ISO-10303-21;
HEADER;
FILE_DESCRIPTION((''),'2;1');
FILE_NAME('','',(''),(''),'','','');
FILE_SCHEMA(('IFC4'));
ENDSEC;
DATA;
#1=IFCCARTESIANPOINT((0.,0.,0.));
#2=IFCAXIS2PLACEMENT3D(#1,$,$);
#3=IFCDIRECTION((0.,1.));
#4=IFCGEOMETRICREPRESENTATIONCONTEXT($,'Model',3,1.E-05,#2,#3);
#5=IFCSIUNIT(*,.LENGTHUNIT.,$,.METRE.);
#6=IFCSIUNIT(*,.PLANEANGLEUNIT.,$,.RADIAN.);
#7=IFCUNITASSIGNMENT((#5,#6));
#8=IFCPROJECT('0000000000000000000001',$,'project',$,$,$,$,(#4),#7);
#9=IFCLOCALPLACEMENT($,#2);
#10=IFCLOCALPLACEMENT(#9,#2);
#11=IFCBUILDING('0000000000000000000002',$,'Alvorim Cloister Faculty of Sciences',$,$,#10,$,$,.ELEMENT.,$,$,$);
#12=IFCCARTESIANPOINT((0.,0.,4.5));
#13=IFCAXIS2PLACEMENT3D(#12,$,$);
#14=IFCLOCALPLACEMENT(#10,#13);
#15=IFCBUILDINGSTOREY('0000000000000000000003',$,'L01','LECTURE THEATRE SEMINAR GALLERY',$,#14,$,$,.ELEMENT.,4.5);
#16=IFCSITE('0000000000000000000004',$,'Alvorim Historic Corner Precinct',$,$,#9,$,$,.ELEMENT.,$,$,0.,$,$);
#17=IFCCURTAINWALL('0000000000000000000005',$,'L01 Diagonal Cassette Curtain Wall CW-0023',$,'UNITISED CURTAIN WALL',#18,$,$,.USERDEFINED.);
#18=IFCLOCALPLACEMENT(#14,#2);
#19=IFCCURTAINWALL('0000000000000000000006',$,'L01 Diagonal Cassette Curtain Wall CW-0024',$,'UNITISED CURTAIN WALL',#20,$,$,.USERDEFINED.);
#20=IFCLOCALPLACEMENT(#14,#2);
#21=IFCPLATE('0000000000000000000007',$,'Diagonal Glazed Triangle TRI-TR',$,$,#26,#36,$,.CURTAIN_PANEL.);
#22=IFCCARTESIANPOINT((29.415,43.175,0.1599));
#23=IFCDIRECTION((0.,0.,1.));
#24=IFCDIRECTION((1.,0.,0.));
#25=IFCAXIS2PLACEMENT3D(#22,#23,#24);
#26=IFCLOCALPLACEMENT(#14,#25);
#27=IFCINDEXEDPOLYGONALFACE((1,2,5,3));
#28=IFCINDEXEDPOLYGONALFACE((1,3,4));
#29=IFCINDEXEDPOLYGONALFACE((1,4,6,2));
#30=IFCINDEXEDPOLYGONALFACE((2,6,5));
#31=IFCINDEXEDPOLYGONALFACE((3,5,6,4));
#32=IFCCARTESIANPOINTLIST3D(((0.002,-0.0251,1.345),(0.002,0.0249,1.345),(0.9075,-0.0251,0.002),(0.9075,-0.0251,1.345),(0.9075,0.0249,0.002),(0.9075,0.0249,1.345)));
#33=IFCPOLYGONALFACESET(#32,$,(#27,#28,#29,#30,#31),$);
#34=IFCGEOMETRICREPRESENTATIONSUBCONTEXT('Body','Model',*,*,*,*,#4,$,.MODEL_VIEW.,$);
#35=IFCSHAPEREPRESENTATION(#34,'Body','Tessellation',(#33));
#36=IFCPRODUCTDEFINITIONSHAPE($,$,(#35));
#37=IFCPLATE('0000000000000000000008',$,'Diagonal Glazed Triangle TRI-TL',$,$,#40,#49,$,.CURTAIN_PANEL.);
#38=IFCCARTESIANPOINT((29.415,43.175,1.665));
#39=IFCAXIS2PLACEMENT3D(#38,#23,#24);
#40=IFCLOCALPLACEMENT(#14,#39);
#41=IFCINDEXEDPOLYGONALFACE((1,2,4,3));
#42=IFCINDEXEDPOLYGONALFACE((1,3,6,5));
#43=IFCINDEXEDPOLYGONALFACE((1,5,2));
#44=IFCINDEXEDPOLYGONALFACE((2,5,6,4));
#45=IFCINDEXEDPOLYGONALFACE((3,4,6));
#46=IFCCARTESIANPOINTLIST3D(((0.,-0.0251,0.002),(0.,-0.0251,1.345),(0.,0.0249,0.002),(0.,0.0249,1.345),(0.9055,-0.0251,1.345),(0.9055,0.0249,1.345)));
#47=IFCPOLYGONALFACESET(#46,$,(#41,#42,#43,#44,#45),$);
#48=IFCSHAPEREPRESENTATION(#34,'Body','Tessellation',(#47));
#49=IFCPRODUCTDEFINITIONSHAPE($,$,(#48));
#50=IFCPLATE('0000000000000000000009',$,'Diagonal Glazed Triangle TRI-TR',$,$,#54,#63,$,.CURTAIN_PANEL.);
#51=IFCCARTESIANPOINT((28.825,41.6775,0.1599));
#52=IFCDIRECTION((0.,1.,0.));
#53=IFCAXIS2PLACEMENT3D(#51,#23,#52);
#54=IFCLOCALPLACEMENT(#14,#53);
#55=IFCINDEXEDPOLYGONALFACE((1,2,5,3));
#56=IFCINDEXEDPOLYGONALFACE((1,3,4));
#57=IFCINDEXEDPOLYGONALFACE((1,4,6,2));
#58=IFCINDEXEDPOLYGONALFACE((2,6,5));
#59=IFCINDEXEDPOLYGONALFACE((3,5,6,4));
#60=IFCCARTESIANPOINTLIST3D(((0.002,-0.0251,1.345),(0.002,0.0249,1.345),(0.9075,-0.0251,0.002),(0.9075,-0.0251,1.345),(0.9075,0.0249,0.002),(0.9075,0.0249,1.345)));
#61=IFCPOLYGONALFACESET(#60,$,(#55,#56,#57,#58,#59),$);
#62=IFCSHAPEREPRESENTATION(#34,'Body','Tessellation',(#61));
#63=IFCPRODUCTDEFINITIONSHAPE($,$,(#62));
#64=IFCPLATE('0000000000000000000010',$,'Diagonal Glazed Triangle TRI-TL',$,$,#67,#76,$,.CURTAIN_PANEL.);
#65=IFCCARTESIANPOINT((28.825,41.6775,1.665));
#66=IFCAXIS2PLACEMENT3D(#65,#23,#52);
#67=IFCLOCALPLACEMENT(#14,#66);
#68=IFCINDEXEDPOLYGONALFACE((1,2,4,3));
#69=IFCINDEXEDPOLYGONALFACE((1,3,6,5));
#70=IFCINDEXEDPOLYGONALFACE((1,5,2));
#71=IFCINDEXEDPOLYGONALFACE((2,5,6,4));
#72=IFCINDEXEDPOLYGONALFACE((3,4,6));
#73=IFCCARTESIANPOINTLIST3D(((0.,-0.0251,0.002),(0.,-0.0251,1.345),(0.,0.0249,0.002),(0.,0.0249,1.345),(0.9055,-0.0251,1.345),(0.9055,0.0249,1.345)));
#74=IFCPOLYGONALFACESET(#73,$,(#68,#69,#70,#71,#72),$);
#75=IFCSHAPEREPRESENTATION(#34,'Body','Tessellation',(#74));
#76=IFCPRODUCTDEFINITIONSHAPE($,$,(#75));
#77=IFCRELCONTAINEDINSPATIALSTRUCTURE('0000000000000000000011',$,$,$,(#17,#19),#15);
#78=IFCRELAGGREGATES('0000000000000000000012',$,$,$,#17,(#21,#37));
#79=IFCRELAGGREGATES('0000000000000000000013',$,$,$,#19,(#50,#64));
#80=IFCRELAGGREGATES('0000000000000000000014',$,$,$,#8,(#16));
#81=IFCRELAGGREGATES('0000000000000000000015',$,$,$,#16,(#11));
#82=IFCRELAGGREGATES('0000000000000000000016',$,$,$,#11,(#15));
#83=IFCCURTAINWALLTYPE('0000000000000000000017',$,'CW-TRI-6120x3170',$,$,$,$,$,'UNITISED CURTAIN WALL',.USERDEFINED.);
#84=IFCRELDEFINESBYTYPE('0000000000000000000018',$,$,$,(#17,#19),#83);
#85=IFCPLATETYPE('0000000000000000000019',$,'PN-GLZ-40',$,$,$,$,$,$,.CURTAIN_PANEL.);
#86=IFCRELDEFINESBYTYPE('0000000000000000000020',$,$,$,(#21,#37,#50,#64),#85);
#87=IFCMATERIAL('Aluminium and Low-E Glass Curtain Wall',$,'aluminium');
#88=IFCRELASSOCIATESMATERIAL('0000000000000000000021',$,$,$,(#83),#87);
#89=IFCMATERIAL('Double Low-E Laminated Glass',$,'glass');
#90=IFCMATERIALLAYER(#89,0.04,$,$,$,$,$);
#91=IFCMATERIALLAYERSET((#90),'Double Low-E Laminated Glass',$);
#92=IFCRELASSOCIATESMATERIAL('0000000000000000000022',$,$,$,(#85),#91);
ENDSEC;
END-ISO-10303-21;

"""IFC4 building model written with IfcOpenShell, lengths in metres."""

from ifc_helpers import new_model, si_unit, direction, frame, origin, place, context, subcontext, project, spatial, polyline, outline, extrude, material, layer, layer_set, type_object, element, aggregate, save


model = new_model("IFC4")

# Units and contexts
model_context = context("Model", 3, precision=1e-05, world=origin(), true_north=direction((0.0, 1.0)))
body_context = subcontext(model_context, "Body", "Model", "MODEL_VIEW")
ifc_project = project(units=[si_unit("LENGTHUNIT", "METRE"), si_unit("PLANEANGLEUNIT", "RADIAN")], contexts=[model_context])

# Site, building, storey
site_placement = place(None, origin())
site = spatial("IfcSite", under=ifc_project, at=site_placement, Name="Alvorim Historic Corner Precinct", CompositionType="ELEMENT", RefElevation=0.0)
building_placement = place(site_placement, origin())
building = spatial("IfcBuilding", under=site, at=building_placement, Name="Alvorim Cloister Faculty of Sciences", CompositionType="ELEMENT")
storey_placement = place(building_placement, frame((0.0, 0.0, 4.5)))
storey = spatial("IfcBuildingStorey", under=building, at=storey_placement, Name="L01", Description="LECTURE THEATRE SEMINAR GALLERY", CompositionType="ELEMENT", Elevation=4.5)

# Curtain walls
ifc_material_1 = material(Name="Aluminium and Low-E Glass Curtain Wall", Category="aluminium")
curtain_wall_type = type_object("IfcCurtainWallType", Name="CW-TRI-6120x3170", ElementType="UNITISED CURTAIN WALL", PredefinedType="USERDEFINED", material=ifc_material_1)
curtain_wall_1_placement = place(storey_placement, origin())
curtain_wall_1 = element("IfcCurtainWall", 1, at=curtain_wall_1_placement, inside=storey, type_object=curtain_wall_type, Name="L01 Diagonal Cassette Curtain Wall CW-0023", ObjectType="UNITISED CURTAIN WALL", PredefinedType="USERDEFINED")
curtain_wall_2_placement = place(storey_placement, origin())
curtain_wall_2 = element("IfcCurtainWall", 2, at=curtain_wall_2_placement, inside=storey, type_object=curtain_wall_type, Name="L01 Diagonal Cassette Curtain Wall CW-0024", ObjectType="UNITISED CURTAIN WALL", PredefinedType="USERDEFINED")

# Plates
ifc_material_2 = material(Name="Double Low-E Laminated Glass", Category="glass")
ifc_layer_1 = layer(ifc_material_2, 0.04)
ifc_layer_set_1 = layer_set([ifc_layer_1], Name="Double Low-E Laminated Glass")
plate_type_1 = type_object("IfcPlateType", Name="PN-GLZ-40", PredefinedType="CURTAIN_PANEL", material=ifc_layer_set_1)
plate_1_placement = place(storey_placement, frame((29.415, 43.175, 0.1599), z_axis=(0.0, 0.0, 1.0), x_axis=(1.0, 0.0, 0.0)))
plate_1 = element("IfcPlate", 3, at=plate_1_placement, type_object=plate_type_1, Name="Diagonal Glazed Triangle TRI-TR", PredefinedType="CURTAIN_PANEL", context=body_context, shape_type="SweptSolid", body=[
    extrude(outline(polyline([(0.9075, 0.002), (0.9075, 1.345), (0.002, 1.345), (0.9075, 0.002)])), frame((0.0, 0.0249, 0.0), z_axis=(0.0, -1.0, 0.0), x_axis=(1.0, 0.0, 0.0)), (0.0, 0.0, 1.0), 0.05),
])
plate_2_placement = place(storey_placement, frame((29.415, 43.175, 1.665), z_axis=(0.0, 0.0, 1.0), x_axis=(1.0, 0.0, 0.0)))
plate_2 = element("IfcPlate", 4, at=plate_2_placement, type_object=plate_type_1, Name="Diagonal Glazed Triangle TRI-TL", PredefinedType="CURTAIN_PANEL", context=body_context, shape_type="SweptSolid", body=[
    extrude(outline(polyline([(0.9055, 1.345), (0.0, 1.345), (0.0, 0.002), (0.9055, 1.345)])), frame((0.0, 0.0249, 0.0), z_axis=(0.0, -1.0, 0.0), x_axis=(1.0, 0.0, 0.0)), (0.0, 0.0, 1.0), 0.05),
])
aggregate(curtain_wall_1, [plate_1, plate_2])
plate_3_placement = place(storey_placement, frame((28.825, 41.6775, 0.1599), z_axis=(0.0, 0.0, 1.0), x_axis=(0.0, 1.0, 0.0)))
plate_3 = element("IfcPlate", 5, at=plate_3_placement, type_object=plate_type_1, Name="Diagonal Glazed Triangle TRI-TR", PredefinedType="CURTAIN_PANEL", context=body_context, shape_type="SweptSolid", body=[
    extrude(outline(polyline([(0.9075, 0.002), (0.9075, 1.345), (0.002, 1.345), (0.9075, 0.002)])), frame((0.0, 0.0249, 0.0), z_axis=(0.0, -1.0, 0.0), x_axis=(1.0, 0.0, 0.0)), (0.0, 0.0, 1.0), 0.05),
])
plate_4_placement = place(storey_placement, frame((28.825, 41.6775, 1.665), z_axis=(0.0, 0.0, 1.0), x_axis=(0.0, 1.0, 0.0)))
plate_4 = element("IfcPlate", 6, at=plate_4_placement, type_object=plate_type_1, Name="Diagonal Glazed Triangle TRI-TL", PredefinedType="CURTAIN_PANEL", context=body_context, shape_type="SweptSolid", body=[
    extrude(outline(polyline([(0.9055, 1.345), (0.0, 1.345), (0.0, 0.002), (0.9055, 1.345)])), frame((0.0, 0.0249, 0.0), z_axis=(0.0, -1.0, 0.0), x_axis=(1.0, 0.0, 0.0)), (0.0, 0.0, 1.0), 0.05),
])
aggregate(curtain_wall_2, [plate_3, plate_4])

save(model, "model.ifc")
